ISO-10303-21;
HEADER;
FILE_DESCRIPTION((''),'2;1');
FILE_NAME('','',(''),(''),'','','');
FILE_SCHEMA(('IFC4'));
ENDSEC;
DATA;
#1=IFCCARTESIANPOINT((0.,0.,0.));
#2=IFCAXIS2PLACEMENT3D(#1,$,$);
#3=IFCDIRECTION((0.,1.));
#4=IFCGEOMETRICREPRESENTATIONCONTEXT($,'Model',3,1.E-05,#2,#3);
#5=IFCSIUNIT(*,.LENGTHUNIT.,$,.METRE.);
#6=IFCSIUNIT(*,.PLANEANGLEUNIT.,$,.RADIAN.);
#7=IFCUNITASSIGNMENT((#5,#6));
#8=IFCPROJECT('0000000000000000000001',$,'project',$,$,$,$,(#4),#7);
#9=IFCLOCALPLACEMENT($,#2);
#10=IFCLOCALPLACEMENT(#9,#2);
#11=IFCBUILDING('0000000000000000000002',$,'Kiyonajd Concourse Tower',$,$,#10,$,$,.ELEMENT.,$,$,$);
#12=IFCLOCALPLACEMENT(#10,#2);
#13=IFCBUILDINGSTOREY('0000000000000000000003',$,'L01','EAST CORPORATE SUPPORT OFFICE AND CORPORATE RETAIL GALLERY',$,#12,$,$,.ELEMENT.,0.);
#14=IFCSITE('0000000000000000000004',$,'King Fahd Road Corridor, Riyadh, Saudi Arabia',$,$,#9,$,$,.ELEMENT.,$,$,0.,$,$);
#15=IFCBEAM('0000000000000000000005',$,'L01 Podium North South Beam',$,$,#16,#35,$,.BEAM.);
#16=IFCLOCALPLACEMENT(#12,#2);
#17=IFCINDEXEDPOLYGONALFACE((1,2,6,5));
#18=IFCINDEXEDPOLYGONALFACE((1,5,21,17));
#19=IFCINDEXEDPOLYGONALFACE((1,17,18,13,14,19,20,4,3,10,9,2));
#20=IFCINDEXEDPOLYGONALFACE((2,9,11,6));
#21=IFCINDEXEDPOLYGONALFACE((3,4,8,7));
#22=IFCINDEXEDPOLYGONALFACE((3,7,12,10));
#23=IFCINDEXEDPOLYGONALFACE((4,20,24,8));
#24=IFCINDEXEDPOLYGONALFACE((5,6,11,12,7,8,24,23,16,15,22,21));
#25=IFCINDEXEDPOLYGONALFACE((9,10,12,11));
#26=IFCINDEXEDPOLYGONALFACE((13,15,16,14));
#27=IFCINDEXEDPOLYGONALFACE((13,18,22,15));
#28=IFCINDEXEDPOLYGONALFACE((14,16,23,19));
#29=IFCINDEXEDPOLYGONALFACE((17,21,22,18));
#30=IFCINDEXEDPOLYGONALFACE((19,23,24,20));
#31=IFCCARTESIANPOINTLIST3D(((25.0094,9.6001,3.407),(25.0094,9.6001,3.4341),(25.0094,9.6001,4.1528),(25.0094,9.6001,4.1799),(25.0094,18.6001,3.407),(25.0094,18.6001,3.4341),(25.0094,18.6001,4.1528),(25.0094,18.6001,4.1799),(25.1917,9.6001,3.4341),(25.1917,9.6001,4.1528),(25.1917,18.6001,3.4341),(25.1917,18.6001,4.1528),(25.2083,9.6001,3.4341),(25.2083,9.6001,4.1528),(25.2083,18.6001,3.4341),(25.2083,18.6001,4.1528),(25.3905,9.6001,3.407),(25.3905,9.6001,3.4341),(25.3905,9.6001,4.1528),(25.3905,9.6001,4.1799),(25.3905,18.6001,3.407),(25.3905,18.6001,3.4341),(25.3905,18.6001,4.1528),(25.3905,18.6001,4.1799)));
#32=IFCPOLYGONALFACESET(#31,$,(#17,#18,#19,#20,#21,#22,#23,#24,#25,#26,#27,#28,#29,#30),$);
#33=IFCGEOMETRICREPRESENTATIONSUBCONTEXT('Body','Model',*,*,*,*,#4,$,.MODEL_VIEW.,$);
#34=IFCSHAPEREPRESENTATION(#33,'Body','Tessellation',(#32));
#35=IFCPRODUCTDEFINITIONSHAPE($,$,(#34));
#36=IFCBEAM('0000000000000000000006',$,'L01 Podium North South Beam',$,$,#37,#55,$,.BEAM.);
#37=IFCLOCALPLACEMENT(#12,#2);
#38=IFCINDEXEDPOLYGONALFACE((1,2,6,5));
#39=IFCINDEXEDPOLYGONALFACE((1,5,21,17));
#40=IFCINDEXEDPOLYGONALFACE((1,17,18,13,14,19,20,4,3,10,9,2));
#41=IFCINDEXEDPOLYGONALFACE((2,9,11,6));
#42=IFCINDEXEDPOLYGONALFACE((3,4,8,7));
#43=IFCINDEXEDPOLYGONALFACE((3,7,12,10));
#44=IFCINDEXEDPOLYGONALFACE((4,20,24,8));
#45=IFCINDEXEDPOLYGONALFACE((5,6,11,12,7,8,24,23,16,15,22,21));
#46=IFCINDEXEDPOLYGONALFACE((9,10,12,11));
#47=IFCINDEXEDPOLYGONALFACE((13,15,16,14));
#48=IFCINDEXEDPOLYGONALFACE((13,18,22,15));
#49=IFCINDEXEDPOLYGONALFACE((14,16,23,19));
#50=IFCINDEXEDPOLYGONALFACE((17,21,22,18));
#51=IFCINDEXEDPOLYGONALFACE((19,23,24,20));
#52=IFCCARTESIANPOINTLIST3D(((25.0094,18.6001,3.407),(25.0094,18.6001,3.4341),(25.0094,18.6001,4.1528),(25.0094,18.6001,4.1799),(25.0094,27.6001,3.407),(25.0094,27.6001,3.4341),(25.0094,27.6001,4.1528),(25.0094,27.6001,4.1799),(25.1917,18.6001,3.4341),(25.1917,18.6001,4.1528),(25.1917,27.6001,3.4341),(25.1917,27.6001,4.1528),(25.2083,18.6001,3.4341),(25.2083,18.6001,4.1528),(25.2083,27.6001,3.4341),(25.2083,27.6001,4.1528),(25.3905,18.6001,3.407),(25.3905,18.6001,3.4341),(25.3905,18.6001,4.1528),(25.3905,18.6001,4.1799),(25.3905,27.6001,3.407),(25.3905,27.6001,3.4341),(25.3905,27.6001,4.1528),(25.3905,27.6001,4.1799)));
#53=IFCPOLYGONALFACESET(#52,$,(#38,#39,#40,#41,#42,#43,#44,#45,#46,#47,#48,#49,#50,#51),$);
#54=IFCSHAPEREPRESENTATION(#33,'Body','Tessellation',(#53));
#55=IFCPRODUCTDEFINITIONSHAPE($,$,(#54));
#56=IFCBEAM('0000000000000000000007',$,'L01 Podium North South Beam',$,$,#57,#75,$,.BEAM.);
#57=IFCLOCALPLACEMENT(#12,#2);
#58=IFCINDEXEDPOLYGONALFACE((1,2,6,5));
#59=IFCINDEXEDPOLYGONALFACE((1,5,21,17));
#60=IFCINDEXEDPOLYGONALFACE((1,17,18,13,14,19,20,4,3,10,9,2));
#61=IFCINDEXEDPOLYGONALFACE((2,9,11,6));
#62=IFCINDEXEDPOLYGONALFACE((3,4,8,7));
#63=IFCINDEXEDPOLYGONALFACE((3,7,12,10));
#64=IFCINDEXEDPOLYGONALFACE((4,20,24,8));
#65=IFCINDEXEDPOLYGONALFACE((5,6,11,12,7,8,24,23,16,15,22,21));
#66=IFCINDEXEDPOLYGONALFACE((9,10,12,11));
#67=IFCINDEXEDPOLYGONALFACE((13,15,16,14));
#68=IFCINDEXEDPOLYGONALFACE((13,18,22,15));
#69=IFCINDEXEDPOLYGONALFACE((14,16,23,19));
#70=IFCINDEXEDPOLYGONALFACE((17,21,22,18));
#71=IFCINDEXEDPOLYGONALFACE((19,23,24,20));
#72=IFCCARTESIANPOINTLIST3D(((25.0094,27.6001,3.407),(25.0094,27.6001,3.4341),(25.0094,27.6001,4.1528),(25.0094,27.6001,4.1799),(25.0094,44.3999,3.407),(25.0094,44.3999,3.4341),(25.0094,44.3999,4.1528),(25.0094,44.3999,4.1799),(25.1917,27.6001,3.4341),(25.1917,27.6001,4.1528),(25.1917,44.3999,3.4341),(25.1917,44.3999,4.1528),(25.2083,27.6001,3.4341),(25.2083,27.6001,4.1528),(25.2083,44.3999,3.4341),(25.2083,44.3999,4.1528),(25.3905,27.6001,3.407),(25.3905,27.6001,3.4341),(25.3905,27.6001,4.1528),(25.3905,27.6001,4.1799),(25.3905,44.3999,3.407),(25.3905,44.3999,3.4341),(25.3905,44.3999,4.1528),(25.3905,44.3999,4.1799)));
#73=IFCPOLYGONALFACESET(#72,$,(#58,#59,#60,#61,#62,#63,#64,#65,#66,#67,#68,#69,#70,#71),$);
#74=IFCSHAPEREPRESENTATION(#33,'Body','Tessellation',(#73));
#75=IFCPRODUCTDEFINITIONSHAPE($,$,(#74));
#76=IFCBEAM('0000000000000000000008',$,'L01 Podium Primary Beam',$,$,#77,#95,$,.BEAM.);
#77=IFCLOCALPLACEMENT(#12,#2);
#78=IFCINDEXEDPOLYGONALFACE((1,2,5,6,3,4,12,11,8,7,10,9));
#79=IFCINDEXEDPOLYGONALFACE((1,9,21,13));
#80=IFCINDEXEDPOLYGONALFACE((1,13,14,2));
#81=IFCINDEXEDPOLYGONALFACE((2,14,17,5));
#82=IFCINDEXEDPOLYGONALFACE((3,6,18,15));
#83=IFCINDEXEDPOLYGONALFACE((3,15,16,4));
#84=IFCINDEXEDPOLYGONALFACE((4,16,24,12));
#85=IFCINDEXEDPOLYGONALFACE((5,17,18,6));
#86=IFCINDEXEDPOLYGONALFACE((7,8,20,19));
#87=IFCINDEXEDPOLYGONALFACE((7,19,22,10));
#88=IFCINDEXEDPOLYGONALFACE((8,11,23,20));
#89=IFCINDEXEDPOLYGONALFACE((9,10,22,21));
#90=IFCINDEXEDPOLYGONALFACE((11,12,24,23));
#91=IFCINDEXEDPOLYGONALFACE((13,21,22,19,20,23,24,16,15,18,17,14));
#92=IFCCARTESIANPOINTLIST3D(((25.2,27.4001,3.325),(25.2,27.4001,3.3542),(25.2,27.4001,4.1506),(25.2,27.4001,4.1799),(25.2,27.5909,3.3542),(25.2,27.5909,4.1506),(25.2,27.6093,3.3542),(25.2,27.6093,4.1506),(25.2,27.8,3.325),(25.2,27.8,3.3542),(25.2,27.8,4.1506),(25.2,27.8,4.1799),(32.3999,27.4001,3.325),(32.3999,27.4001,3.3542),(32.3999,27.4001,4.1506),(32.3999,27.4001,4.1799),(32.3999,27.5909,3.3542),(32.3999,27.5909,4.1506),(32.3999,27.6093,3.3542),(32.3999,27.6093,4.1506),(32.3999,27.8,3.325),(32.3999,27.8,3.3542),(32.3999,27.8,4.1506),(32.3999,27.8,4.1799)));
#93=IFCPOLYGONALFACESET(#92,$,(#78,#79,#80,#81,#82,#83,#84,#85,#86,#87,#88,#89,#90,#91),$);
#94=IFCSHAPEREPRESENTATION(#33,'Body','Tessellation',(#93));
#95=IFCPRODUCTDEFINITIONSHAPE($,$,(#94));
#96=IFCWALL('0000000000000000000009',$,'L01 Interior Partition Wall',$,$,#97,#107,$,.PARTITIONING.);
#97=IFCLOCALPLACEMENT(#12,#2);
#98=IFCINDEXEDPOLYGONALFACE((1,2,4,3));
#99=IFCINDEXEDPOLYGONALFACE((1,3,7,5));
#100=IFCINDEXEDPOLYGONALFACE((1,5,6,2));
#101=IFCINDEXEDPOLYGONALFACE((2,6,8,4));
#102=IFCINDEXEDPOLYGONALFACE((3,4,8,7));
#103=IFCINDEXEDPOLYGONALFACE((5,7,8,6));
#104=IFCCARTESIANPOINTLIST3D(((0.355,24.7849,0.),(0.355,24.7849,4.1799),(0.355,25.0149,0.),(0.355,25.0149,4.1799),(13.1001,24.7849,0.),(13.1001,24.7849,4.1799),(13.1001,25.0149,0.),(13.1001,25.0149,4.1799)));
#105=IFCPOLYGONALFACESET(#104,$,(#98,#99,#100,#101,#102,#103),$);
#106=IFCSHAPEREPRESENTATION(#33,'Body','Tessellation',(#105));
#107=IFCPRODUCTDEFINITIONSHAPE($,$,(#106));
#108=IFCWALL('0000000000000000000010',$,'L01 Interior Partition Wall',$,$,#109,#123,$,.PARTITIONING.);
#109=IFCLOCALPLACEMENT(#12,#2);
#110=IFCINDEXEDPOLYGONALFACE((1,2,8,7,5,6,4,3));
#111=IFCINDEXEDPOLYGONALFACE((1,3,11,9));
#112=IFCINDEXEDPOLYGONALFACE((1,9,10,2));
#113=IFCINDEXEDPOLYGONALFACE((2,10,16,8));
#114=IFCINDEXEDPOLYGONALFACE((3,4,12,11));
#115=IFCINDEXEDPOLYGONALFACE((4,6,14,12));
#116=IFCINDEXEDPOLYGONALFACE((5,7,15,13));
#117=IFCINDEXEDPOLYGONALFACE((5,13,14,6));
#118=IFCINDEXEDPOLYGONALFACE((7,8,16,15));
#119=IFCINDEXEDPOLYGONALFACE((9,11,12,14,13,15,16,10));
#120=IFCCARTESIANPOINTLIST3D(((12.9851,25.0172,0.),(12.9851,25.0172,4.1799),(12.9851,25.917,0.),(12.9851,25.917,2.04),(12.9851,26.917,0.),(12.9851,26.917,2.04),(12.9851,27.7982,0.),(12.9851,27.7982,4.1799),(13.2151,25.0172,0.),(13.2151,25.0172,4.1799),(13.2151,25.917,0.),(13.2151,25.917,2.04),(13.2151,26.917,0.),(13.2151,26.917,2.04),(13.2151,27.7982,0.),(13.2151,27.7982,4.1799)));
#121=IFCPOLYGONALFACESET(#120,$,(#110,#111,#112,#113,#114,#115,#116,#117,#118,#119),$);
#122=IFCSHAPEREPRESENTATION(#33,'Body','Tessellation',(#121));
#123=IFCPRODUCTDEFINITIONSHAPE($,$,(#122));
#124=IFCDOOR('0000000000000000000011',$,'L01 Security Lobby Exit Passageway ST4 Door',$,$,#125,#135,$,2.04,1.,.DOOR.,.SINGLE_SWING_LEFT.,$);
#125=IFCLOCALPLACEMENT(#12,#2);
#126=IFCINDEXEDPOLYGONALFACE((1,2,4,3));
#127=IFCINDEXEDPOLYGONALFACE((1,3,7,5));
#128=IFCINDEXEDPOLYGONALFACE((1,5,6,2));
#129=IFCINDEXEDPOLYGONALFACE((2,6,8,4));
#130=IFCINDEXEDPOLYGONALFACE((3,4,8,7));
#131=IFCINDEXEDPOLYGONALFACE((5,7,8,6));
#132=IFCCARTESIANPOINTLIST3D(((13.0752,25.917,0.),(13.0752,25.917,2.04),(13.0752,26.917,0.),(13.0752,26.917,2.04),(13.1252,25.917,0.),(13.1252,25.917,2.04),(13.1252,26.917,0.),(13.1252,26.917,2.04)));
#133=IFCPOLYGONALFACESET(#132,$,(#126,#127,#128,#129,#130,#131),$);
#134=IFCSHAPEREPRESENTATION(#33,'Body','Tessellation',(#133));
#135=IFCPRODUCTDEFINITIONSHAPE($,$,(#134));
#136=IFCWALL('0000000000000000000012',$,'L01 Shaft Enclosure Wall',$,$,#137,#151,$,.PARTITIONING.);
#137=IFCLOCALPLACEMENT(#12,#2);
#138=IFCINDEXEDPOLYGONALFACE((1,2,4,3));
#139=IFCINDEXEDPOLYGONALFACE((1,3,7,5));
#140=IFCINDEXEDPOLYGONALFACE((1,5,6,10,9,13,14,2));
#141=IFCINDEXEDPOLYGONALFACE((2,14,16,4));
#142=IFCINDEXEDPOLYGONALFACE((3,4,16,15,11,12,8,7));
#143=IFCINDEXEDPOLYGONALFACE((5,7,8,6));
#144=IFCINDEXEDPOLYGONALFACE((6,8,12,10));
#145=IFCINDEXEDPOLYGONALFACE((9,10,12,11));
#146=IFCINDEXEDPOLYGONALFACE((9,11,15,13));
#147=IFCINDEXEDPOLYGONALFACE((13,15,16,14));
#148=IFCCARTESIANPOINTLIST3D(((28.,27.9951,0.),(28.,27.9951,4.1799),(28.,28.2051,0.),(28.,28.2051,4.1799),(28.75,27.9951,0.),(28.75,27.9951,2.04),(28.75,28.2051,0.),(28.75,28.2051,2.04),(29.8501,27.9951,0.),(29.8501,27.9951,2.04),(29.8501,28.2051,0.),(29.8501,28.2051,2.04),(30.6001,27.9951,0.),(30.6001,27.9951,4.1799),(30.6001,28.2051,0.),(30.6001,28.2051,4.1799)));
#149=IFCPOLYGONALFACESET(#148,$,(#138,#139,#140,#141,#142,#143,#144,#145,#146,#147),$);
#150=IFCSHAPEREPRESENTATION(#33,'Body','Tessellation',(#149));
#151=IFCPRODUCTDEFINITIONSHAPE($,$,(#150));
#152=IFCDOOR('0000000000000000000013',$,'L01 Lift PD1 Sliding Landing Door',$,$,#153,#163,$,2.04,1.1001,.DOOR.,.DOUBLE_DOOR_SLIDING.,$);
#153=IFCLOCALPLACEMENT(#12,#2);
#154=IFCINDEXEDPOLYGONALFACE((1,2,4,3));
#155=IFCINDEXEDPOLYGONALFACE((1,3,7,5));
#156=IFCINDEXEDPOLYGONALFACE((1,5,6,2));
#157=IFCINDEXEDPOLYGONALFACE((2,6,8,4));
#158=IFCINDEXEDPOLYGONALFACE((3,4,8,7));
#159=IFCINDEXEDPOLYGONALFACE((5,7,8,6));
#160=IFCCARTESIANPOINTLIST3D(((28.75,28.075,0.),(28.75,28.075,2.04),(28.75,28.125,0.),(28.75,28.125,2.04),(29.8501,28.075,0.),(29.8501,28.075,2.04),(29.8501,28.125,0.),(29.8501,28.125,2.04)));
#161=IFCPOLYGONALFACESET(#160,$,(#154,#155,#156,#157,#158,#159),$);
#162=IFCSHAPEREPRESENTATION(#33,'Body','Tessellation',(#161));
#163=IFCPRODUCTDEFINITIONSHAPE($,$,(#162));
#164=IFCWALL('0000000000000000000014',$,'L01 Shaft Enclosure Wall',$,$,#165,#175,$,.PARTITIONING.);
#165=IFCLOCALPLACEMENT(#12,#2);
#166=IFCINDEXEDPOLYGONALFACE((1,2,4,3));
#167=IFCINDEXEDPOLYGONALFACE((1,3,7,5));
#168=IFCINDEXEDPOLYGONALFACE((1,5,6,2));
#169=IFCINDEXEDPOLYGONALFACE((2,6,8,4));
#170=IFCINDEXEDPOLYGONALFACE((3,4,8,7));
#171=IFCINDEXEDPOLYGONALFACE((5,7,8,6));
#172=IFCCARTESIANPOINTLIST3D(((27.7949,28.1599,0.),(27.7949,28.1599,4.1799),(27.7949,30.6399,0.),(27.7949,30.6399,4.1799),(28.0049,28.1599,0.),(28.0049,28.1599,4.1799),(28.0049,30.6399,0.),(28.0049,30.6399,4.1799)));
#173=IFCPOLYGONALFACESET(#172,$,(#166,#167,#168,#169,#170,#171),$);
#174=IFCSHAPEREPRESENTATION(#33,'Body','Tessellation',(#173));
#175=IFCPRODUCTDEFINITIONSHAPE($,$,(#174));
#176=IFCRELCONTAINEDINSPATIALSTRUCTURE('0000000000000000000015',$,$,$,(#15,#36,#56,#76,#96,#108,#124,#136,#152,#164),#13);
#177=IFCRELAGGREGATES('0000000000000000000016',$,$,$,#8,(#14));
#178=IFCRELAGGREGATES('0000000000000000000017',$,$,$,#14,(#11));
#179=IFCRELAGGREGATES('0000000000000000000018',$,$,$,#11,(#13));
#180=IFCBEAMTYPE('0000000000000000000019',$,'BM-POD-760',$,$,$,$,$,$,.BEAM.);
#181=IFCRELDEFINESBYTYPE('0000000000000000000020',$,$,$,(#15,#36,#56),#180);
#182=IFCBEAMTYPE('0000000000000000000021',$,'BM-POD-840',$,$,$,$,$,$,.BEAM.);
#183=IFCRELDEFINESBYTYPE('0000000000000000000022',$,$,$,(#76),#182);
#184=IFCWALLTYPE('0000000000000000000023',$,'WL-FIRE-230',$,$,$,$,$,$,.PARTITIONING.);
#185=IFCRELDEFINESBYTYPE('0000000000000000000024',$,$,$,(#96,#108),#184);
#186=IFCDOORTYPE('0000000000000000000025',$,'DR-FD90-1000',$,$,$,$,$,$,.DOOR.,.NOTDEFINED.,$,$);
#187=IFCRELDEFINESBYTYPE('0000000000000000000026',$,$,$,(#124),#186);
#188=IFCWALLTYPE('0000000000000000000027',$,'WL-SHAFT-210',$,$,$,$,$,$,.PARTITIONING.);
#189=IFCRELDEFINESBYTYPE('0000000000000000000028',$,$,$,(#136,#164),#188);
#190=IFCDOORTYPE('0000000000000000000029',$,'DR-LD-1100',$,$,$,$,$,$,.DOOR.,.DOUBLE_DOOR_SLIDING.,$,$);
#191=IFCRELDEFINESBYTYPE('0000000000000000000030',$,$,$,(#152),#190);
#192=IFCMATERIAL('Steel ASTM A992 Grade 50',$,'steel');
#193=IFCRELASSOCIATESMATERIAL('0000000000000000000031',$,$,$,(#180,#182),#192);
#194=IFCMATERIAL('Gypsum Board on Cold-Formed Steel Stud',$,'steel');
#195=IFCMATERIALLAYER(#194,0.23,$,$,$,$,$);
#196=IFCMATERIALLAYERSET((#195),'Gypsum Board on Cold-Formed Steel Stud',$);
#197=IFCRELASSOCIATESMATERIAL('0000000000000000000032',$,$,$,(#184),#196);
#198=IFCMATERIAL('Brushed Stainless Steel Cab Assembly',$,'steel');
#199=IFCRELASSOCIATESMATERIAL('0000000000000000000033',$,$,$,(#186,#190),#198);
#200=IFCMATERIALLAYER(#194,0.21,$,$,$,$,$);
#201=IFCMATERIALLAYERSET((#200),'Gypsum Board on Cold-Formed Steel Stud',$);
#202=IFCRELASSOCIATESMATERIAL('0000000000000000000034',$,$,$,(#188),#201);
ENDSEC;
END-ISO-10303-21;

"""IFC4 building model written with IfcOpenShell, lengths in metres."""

from ifc_helpers import new_model, si_unit, direction, frame, frame_2d, origin, origin_2d, place, context, subcontext, project, spatial, rectangle, i_section, extrude, material, layer, layer_set, material_profile, profile_set, type_object, element, fill, save


model = new_model("IFC4")

# Units and contexts
model_context = context("Model", 3, precision=1e-05, world=origin(), true_north=direction((0.0, 1.0)))
body_context = subcontext(model_context, "Body", "Model", "MODEL_VIEW")
ifc_project = project(units=[si_unit("LENGTHUNIT", "METRE"), si_unit("PLANEANGLEUNIT", "RADIAN")], contexts=[model_context])

# Site, building, storey
site_placement = place(None, origin())
site = spatial("IfcSite", under=ifc_project, at=site_placement, Name="King Fahd Road Corridor, Riyadh, Saudi Arabia", CompositionType="ELEMENT", RefElevation=0.0)
building_placement = place(site_placement, origin())
building = spatial("IfcBuilding", under=site, at=building_placement, Name="Kiyonajd Concourse Tower", CompositionType="ELEMENT")
storey_placement = place(building_placement, origin())
storey = spatial("IfcBuildingStorey", under=building, at=storey_placement, Name="L01", Description="EAST CORPORATE SUPPORT OFFICE AND CORPORATE RETAIL GALLERY", CompositionType="ELEMENT", Elevation=0.0)

# Beams
ifc_material_1 = material(Name="Steel ASTM A992 Grade 50", Category="steel")
ifc_material_profile_1 = material_profile(ifc_material_1, i_section(OverallWidth=0.3811, OverallDepth=0.7729, WebThickness=0.0166, FlangeThickness=0.0271, at=origin_2d()), Name="W760X257")
ifc_profile_set_1 = profile_set([ifc_material_profile_1], Name="Steel ASTM A992 Grade 50")
beam_type_1 = type_object("IfcBeamType", Name="BM-POD-760", PredefinedType="BEAM", material=ifc_profile_set_1)
for number, where, z_axis, x_axis, name in (
    (1, (25.2, 9.6001, 3.7935), (0.0, 1.0, 0.0), (-1.0, 0.0, 0.0), "L01 Podium North South Beam"),
    (2, (25.2, 18.6001, 3.7935), (0.0, 1.0, 0.0), (-1.0, 0.0, 0.0), "L01 Podium North South Beam"),
):
    element("IfcBeam", number, at=place(storey_placement, frame(where, z_axis=z_axis, x_axis=x_axis)), inside=storey, type_object=beam_type_1, Name=name, PredefinedType="BEAM", context=body_context, shape_type="SweptSolid", body=[
        extrude(i_section(OverallWidth=0.3811, OverallDepth=0.7729, WebThickness=0.0166, FlangeThickness=0.0271, at=origin_2d()), origin(), (0.0, 0.0, 1.0), 9.0),
    ])
beam_1_placement = place(storey_placement, frame((25.2, 27.6001, 3.7935), z_axis=(0.0, 1.0, 0.0), x_axis=(-1.0, 0.0, 0.0)))
element("IfcBeam", 3, at=beam_1_placement, inside=storey, type_object=beam_type_1, Name="L01 Podium North South Beam", PredefinedType="BEAM", context=body_context, shape_type="SweptSolid", body=[
    extrude(i_section(OverallWidth=0.3811, OverallDepth=0.7729, WebThickness=0.0166, FlangeThickness=0.0271, at=origin_2d()), origin(), (0.0, 0.0, 1.0), 16.7998),
])
ifc_material_profile_2 = material_profile(ifc_material_1, i_section(OverallWidth=0.3999, OverallDepth=0.855, WebThickness=0.0183, FlangeThickness=0.0293, at=origin_2d()), Name="W840X299")
ifc_profile_set_2 = profile_set([ifc_material_profile_2], Name="Steel ASTM A992 Grade 50")
beam_type_2 = type_object("IfcBeamType", Name="BM-POD-840", PredefinedType="BEAM", material=ifc_profile_set_2)
beam_2_placement = place(storey_placement, frame((25.2, 27.6001, 3.7524), z_axis=(1.0, 0.0, 0.0), x_axis=(0.0, 1.0, 0.0)))
element("IfcBeam", 4, at=beam_2_placement, inside=storey, type_object=beam_type_2, Name="L01 Podium Primary Beam", PredefinedType="BEAM", context=body_context, shape_type="SweptSolid", body=[
    extrude(i_section(OverallWidth=0.3999, OverallDepth=0.855, WebThickness=0.0183, FlangeThickness=0.0293, at=origin_2d()), origin(), (0.0, 0.0, 1.0), 7.2),
])

# Wall
ifc_material_2 = material(Name="Gypsum Board on Cold-Formed Steel Stud", Category="steel")
ifc_layer_1 = layer(ifc_material_2, 0.23)
ifc_layer_set_1 = layer_set([ifc_layer_1], Name="Gypsum Board on Cold-Formed Steel Stud")
wall_type_1 = type_object("IfcWallType", Name="WL-FIRE-230", PredefinedType="PARTITIONING", material=ifc_layer_set_1)
wall_1_placement = place(storey_placement, frame((0.355, 24.8999, 0.0), z_axis=(0.0, 0.0, 1.0), x_axis=(1.0, 0.0, 0.0)))
element("IfcWall", 5, at=wall_1_placement, inside=storey, type_object=wall_type_1, Name="L01 Interior Partition Wall", PredefinedType="PARTITIONING", context=body_context, shape_type="SweptSolid", body=[
    extrude(rectangle(XDim=12.7451, YDim=0.23, at=frame_2d((6.3726, 0.0))), origin(), (0.0, 0.0, 1.0), 4.1799),
])

# Walls, openings, doors
wall_2_placement = place(storey_placement, frame((13.1001, 25.0171, 0.0), z_axis=(0.0, 0.0, 1.0), x_axis=(0.0, 1.0, 0.0)))
wall_2 = element("IfcWall", 6, at=wall_2_placement, inside=storey, type_object=wall_type_1, Name="L01 Interior Partition Wall", PredefinedType="PARTITIONING", context=body_context, shape_type="SweptSolid", body=[
    extrude(rectangle(XDim=2.781, YDim=0.23, at=frame_2d((1.3906, 0.0))), origin(), (0.0, 0.0, 1.0), 4.1799),
])
opening_1_placement = place(wall_2_placement, frame((0.8999, 0.0, 0.0)))
opening_1 = element("IfcOpeningElement", 7, at=opening_1_placement, cuts=wall_2, PredefinedType="OPENING", context=body_context, shape_type="SweptSolid", body=[
    extrude(rectangle(XDim=1.0, YDim=2.04, at=frame_2d((0.5, 1.02))), frame((0.0, 0.125, 0.0), z_axis=(0.0, -1.0, 0.0), x_axis=(1.0, 0.0, 0.0)), (0.0, 0.0, 1.0), 0.25),
])
ifc_material_3 = material(Name="Brushed Stainless Steel Cab Assembly", Category="steel")
door_type_1 = type_object("IfcDoorType", Name="DR-FD90-1000", OperationType="NOTDEFINED", PredefinedType="DOOR", material=ifc_material_3)
door_1_placement = place(opening_1_placement, origin())
door_1 = element("IfcDoor", 8, at=door_1_placement, inside=storey, type_object=door_type_1, Name="L01 Security Lobby Exit Passageway ST4 Door", OperationType="SINGLE_SWING_LEFT", OverallHeight=2.04, OverallWidth=1.0, PredefinedType="DOOR", context=body_context, shape_type="SweptSolid", body=[
    extrude(rectangle(XDim=1.0, YDim=2.04, at=frame_2d((0.5, 1.02))), frame((0.0, 0.0249, 0.0), z_axis=(0.0, -1.0, 0.0), x_axis=(1.0, 0.0, 0.0)), (0.0, 0.0, 1.0), 0.05),
])
fill(opening_1, door_1)
ifc_layer_2 = layer(ifc_material_2, 0.21)
ifc_layer_set_2 = layer_set([ifc_layer_2], Name="Gypsum Board on Cold-Formed Steel Stud")
wall_type_2 = type_object("IfcWallType", Name="WL-SHAFT-210", PredefinedType="PARTITIONING", material=ifc_layer_set_2)
wall_3_placement = place(storey_placement, frame((28.0, 28.1001, 0.0), z_axis=(0.0, 0.0, 1.0), x_axis=(1.0, 0.0, 0.0)))
wall_3 = element("IfcWall", 9, at=wall_3_placement, inside=storey, type_object=wall_type_2, Name="L01 Shaft Enclosure Wall", PredefinedType="PARTITIONING", context=body_context, shape_type="SweptSolid", body=[
    extrude(rectangle(XDim=2.6001, YDim=0.21, at=frame_2d((1.3, 0.0))), origin(), (0.0, 0.0, 1.0), 4.1799),
])
opening_2_placement = place(wall_3_placement, frame((0.75, 0.0, 0.0)))
opening_2 = element("IfcOpeningElement", 10, at=opening_2_placement, cuts=wall_3, PredefinedType="OPENING", context=body_context, shape_type="SweptSolid", body=[
    extrude(rectangle(XDim=1.1001, YDim=2.04, at=frame_2d((0.55, 1.02))), frame((0.0, 0.115, 0.0), z_axis=(0.0, -1.0, 0.0), x_axis=(1.0, 0.0, 0.0)), (0.0, 0.0, 1.0), 0.23),
])
door_type_2 = type_object("IfcDoorType", Name="DR-LD-1100", OperationType="DOUBLE_DOOR_SLIDING", PredefinedType="DOOR", material=ifc_material_3)
door_2_placement = place(opening_2_placement, origin())
door_2 = element("IfcDoor", 11, at=door_2_placement, inside=storey, type_object=door_type_2, Name="L01 Lift PD1 Sliding Landing Door", OperationType="DOUBLE_DOOR_SLIDING", OverallHeight=2.04, OverallWidth=1.1001, PredefinedType="DOOR", context=body_context, shape_type="SweptSolid", body=[
    extrude(rectangle(XDim=1.1001, YDim=2.04, at=frame_2d((0.55, 1.02))), frame((0.0, 0.0249, 0.0), z_axis=(0.0, -1.0, 0.0), x_axis=(1.0, 0.0, 0.0)), (0.0, 0.0, 1.0), 0.05),
])
fill(opening_2, door_2)

# Wall
wall_4_placement = place(storey_placement, frame((27.8999, 28.1599, 0.0), z_axis=(0.0, 0.0, 1.0), x_axis=(0.0, 1.0, 0.0)))
element("IfcWall", 12, at=wall_4_placement, inside=storey, type_object=wall_type_2, Name="L01 Shaft Enclosure Wall", PredefinedType="PARTITIONING", context=body_context, shape_type="SweptSolid", body=[
    extrude(rectangle(XDim=2.48, YDim=0.21, at=frame_2d((1.24, 0.0))), origin(), (0.0, 0.0, 1.0), 4.1799),
])

save(model, "model.ifc")
